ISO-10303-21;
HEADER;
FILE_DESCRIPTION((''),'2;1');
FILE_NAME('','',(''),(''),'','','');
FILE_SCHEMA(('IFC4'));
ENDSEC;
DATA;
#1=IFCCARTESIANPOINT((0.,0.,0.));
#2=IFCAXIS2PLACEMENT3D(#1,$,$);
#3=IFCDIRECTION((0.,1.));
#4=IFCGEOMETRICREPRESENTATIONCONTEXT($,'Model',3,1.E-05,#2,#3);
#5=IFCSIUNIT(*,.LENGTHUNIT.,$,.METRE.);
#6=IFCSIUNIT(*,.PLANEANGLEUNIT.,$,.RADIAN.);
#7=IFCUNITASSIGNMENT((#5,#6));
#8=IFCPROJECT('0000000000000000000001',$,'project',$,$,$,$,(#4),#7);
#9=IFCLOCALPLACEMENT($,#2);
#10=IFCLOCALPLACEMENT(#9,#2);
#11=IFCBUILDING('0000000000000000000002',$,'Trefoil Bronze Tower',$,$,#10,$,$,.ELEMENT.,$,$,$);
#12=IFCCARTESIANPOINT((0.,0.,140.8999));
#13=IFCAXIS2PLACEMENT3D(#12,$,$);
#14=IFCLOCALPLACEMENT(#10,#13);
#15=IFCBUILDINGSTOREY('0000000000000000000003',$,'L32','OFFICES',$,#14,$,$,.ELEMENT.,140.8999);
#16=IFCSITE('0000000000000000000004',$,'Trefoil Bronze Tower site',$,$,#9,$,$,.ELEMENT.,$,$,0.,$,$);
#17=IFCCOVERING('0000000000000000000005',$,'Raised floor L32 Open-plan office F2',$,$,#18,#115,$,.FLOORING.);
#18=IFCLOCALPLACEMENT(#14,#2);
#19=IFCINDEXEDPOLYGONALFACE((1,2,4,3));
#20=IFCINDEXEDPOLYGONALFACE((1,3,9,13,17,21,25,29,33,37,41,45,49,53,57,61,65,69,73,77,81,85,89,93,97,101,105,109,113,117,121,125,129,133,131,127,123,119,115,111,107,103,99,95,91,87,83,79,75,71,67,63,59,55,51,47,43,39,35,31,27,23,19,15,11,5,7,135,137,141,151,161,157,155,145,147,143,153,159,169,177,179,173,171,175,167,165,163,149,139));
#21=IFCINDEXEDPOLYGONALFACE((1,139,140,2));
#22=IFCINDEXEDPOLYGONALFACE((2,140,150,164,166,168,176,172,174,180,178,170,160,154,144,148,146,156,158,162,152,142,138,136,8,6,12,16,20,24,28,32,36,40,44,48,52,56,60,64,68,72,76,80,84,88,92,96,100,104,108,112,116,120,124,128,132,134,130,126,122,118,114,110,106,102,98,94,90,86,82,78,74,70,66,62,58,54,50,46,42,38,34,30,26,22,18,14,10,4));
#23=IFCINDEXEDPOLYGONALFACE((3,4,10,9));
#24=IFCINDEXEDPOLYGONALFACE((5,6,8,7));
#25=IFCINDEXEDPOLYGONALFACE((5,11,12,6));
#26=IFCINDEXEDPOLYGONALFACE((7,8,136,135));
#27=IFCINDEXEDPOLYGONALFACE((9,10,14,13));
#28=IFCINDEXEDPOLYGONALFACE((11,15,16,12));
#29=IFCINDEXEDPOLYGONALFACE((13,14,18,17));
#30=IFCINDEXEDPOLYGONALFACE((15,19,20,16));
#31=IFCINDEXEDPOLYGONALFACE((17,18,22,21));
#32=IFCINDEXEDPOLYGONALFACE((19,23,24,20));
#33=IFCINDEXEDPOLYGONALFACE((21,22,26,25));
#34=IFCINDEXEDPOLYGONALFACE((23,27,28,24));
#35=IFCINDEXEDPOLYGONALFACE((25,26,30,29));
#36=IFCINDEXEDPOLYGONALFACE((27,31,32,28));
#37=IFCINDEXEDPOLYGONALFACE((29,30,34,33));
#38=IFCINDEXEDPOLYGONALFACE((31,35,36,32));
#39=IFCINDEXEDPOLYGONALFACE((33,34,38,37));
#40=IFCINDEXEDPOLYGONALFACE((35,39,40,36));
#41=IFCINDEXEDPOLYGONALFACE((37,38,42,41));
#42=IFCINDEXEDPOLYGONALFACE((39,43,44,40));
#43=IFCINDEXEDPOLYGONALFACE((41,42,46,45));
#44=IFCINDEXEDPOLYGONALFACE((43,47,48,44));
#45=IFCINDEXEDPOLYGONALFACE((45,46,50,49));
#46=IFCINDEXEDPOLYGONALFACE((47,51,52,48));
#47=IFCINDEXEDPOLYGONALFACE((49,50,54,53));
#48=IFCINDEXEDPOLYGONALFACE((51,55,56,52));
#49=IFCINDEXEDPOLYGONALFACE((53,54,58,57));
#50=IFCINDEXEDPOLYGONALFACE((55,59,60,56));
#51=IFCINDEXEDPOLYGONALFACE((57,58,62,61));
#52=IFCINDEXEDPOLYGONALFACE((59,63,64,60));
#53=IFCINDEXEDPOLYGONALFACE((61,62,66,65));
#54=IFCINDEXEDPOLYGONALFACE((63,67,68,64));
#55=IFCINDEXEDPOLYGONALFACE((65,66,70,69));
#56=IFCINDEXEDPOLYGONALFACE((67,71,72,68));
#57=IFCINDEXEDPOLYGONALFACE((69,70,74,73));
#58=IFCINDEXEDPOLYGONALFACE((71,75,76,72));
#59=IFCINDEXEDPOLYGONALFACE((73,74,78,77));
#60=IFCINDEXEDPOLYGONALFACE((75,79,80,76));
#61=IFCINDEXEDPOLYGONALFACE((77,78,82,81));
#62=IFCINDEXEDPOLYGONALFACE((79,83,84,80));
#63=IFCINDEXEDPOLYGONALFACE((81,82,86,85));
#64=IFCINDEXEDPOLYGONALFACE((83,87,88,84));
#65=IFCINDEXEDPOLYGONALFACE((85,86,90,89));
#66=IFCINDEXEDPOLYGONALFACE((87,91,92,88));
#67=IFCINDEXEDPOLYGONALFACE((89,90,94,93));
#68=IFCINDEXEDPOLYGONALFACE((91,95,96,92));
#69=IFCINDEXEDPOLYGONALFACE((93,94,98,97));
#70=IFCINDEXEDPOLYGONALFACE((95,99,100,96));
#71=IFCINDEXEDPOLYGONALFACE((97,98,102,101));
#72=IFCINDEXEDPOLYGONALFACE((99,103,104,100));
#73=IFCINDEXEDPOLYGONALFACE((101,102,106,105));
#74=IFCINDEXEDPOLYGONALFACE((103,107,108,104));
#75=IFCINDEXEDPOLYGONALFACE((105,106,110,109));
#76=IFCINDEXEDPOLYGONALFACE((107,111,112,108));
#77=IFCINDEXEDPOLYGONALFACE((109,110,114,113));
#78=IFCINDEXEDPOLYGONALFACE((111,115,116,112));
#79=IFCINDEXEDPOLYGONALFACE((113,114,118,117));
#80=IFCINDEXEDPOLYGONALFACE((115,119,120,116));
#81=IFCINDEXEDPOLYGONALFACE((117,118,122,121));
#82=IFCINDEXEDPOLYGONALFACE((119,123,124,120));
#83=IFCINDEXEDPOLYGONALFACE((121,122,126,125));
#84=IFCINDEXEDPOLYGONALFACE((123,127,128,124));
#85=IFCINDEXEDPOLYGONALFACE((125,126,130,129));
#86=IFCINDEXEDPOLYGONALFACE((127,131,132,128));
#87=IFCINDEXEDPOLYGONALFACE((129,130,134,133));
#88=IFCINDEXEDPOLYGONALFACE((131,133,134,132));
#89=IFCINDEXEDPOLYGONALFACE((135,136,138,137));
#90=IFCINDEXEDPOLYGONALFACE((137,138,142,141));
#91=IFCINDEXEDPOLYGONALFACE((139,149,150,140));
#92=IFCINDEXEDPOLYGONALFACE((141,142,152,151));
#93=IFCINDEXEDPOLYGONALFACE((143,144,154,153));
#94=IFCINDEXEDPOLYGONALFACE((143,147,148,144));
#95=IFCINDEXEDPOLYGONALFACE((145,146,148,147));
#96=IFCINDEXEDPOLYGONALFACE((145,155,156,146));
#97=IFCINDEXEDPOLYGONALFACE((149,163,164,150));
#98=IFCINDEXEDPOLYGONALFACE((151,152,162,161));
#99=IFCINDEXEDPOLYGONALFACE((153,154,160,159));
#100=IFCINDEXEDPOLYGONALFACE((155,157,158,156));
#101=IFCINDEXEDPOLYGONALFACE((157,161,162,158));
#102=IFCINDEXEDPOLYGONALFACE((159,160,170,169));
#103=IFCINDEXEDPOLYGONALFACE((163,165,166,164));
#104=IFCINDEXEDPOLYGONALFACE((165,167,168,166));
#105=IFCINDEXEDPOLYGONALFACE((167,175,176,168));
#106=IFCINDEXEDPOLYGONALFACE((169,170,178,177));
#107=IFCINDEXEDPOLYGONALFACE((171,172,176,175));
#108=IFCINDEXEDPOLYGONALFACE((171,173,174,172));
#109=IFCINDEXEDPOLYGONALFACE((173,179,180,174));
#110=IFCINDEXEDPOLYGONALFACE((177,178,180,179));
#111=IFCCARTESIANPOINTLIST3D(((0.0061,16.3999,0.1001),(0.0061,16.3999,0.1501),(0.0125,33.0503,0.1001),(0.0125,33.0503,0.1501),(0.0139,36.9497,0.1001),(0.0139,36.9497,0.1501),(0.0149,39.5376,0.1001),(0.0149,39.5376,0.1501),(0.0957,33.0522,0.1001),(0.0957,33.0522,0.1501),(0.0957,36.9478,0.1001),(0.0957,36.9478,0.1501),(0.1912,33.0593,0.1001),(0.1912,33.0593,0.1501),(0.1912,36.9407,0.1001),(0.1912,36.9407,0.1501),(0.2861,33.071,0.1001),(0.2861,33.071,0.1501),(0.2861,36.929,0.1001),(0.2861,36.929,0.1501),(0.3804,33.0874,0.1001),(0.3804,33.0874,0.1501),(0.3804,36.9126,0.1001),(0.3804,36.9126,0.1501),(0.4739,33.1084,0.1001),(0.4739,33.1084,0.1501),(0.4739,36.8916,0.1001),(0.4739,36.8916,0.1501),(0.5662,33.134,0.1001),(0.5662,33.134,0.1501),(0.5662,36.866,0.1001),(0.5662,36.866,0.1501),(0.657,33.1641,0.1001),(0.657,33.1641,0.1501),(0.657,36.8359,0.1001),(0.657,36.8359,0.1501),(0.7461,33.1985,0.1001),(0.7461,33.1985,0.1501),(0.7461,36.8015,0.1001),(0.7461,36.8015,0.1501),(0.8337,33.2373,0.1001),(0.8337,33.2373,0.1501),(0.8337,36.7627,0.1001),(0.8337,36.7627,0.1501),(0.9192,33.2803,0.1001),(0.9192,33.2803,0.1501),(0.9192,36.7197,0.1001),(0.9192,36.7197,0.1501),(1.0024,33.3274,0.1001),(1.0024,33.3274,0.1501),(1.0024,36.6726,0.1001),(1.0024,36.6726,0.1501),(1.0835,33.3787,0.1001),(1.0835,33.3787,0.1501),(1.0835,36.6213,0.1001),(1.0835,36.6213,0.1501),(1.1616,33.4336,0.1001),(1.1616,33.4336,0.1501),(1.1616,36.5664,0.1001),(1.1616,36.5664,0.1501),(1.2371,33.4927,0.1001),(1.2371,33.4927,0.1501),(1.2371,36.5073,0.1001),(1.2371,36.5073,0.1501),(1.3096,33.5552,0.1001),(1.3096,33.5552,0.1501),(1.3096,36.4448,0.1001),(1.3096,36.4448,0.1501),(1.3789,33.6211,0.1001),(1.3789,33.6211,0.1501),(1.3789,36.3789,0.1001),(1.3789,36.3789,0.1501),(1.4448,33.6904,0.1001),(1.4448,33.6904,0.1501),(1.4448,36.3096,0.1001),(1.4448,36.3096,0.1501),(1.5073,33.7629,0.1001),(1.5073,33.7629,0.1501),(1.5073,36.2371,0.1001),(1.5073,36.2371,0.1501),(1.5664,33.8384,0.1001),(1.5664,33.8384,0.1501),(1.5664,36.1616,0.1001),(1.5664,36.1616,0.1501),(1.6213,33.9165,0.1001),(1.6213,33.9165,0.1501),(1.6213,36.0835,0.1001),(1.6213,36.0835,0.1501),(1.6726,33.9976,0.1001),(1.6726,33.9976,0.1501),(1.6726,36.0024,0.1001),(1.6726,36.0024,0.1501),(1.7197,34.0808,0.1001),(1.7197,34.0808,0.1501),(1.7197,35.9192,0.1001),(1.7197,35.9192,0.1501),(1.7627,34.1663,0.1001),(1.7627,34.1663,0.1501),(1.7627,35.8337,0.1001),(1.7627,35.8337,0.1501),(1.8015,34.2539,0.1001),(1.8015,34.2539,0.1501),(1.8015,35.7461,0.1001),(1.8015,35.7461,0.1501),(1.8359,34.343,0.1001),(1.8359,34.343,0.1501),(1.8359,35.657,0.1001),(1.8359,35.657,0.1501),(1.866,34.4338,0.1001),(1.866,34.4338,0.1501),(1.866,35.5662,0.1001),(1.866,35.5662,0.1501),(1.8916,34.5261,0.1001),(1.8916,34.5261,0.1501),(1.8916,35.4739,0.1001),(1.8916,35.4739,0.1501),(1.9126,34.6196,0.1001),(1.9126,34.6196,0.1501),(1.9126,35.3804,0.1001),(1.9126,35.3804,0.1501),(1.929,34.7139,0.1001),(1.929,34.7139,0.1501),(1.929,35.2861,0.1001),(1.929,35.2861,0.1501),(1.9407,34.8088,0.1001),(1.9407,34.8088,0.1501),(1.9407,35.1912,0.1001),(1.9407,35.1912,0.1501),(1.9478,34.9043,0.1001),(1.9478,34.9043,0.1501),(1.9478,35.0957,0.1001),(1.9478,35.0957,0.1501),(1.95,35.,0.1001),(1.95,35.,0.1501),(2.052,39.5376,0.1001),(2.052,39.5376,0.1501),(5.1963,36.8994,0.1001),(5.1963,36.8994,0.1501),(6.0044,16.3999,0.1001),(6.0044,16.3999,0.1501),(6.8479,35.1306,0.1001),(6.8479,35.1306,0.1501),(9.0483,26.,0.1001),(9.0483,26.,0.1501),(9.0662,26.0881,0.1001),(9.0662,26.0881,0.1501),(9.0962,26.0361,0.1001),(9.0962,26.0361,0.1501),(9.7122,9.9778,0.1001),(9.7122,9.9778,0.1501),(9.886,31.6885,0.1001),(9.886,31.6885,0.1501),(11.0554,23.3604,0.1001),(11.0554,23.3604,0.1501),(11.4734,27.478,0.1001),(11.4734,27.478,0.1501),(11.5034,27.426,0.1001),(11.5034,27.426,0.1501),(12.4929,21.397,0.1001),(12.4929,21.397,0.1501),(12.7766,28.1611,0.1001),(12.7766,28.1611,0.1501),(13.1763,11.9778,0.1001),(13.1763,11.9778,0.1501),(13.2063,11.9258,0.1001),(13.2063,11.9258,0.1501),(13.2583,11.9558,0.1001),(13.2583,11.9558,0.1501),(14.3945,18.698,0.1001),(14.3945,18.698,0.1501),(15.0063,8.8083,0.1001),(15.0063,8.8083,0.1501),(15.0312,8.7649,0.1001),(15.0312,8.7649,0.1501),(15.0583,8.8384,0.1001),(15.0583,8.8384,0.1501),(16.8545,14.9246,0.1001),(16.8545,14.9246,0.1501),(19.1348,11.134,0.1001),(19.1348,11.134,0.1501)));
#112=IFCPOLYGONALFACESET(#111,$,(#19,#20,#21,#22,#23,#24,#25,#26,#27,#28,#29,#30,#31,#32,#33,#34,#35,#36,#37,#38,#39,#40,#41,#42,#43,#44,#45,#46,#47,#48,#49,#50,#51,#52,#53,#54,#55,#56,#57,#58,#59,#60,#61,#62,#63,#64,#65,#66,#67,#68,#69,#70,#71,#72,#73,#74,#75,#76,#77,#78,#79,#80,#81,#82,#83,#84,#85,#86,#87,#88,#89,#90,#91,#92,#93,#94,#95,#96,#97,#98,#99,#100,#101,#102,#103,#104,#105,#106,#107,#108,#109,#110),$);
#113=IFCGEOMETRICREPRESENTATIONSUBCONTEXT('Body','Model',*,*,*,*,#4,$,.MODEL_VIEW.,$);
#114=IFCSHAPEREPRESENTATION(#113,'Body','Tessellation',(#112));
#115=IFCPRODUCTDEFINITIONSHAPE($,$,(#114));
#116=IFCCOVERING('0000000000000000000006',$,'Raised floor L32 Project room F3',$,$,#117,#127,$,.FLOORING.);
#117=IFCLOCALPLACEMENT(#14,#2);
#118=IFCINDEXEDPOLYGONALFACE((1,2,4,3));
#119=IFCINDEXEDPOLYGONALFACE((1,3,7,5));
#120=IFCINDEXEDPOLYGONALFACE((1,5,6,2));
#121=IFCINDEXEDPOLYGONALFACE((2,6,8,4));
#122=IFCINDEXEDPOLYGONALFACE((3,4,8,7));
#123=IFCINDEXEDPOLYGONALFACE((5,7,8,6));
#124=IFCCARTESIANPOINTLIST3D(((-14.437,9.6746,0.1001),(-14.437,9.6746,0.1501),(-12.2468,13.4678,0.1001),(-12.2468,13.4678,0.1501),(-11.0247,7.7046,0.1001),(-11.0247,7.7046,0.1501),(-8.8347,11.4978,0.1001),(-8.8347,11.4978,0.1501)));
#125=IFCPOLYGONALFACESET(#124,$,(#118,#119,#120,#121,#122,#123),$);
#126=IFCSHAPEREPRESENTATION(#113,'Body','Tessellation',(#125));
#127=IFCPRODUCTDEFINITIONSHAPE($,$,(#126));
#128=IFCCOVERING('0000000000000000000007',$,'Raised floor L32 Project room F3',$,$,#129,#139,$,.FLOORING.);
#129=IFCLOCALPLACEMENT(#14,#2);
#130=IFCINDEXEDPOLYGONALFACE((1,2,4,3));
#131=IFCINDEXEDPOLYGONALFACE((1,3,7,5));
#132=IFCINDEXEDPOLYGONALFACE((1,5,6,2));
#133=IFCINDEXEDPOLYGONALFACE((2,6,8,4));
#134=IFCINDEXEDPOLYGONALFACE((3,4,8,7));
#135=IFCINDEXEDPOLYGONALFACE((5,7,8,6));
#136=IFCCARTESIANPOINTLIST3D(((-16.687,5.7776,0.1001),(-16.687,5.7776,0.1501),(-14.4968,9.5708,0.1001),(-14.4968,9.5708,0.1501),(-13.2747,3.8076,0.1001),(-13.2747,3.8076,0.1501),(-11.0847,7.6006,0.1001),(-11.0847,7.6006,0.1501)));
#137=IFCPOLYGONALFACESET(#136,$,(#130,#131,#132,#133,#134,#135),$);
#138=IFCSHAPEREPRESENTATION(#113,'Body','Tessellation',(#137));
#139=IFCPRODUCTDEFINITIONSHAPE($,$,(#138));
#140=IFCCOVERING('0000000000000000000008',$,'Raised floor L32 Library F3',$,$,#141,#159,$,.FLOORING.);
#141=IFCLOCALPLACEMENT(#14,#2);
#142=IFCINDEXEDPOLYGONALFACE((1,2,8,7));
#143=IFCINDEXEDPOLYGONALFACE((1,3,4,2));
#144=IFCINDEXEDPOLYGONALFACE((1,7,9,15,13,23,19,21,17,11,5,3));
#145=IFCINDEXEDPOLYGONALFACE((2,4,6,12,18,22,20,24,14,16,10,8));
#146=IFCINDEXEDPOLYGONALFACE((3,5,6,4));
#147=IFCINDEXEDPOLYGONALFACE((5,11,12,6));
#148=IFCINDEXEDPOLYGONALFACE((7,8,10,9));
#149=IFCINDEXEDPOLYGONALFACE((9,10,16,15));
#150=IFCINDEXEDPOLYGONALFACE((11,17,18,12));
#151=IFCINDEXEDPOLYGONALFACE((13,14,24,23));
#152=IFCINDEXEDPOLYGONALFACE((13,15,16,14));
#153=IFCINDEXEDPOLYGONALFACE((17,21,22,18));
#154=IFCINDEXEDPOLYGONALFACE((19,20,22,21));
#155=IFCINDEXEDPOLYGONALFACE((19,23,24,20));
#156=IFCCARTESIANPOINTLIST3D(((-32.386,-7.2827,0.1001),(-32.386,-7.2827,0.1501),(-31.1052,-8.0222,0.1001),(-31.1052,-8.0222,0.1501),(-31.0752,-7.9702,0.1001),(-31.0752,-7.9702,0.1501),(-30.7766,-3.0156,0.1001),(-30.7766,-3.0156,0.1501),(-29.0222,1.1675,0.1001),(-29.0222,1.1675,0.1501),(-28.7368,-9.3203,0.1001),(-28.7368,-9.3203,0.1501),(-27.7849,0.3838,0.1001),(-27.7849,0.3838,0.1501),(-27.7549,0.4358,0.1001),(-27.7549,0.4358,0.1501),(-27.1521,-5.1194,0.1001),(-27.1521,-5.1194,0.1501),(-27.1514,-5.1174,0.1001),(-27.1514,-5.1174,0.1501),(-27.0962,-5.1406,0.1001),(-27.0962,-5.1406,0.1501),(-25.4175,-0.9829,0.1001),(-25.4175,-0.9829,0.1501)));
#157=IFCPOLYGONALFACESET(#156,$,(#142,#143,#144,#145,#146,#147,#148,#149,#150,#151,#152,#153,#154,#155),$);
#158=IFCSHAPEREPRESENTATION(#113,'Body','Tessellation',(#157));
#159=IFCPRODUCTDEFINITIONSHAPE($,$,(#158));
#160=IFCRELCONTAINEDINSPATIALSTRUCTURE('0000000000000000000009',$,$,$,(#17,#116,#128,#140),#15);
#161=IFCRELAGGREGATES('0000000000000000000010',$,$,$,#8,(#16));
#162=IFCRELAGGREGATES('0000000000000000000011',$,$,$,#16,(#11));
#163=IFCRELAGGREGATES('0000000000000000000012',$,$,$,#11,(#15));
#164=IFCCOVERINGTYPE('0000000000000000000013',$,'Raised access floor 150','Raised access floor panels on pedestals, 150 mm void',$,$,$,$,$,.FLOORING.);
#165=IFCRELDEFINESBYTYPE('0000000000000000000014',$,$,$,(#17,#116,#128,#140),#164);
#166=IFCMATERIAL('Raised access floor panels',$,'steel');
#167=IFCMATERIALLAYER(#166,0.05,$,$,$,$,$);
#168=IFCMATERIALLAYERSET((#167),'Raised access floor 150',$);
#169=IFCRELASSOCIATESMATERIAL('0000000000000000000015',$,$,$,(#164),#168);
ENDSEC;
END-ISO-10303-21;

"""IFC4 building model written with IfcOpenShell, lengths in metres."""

from ifc_helpers import new_model, si_unit, direction, frame, origin, place, context, subcontext, project, spatial, polyline, outline, extrude, material, layer, layer_set, type_object, element, save


model = new_model("IFC4")

# Units and contexts
model_context = context("Model", 3, precision=1e-05, world=origin(), true_north=direction((0.0, 1.0)))
body_context = subcontext(model_context, "Body", "Model", "MODEL_VIEW")
ifc_project = project(units=[si_unit("LENGTHUNIT", "METRE"), si_unit("PLANEANGLEUNIT", "RADIAN")], contexts=[model_context])

# Site, building, storey
site_placement = place(None, origin())
site = spatial("IfcSite", under=ifc_project, at=site_placement, Name="Trefoil Bronze Tower site", CompositionType="ELEMENT", RefElevation=0.0)
building_placement = place(site_placement, origin())
building = spatial("IfcBuilding", under=site, at=building_placement, Name="Trefoil Bronze Tower", CompositionType="ELEMENT")
storey_placement = place(building_placement, frame((0.0, 0.0, 140.8999)))
storey = spatial("IfcBuildingStorey", under=building, at=storey_placement, Name="L32", Description="OFFICES", CompositionType="ELEMENT", Elevation=140.8999)

# Coverings
ifc_material_1 = material(Name="Raised access floor panels", Category="steel")
ifc_layer_1 = layer(ifc_material_1, 0.05)
ifc_layer_set_1 = layer_set([ifc_layer_1], Name="Raised access floor 150")
covering_type_1 = type_object("IfcCoveringType", Name="Raised access floor 150", Description="Raised access floor panels on pedestals, 150 mm void", PredefinedType="FLOORING", material=ifc_layer_set_1)
covering_1_placement = place(storey_placement, frame((0.0, 0.0, 0.1001)))
element("IfcCovering", 1, at=covering_1_placement, inside=storey, type_object=covering_type_1, Name="Raised floor L32 Open-plan office F2", PredefinedType="FLOORING", context=body_context, shape_type="SweptSolid", body=[
    extrude(outline(polyline([(2.052, 39.5376), (5.1963, 36.8994), (6.8479, 35.1306), (9.886, 31.6885), (12.7766, 28.1611), (11.5034, 27.426), (11.4734, 27.478), (9.0662, 26.0881), (9.0962, 26.0361), (9.0483, 26.0), (11.0554, 23.3604), (12.4929, 21.397), (14.3945, 18.698), (16.8545, 14.9246), (19.1348, 11.134), (15.0312, 8.7649), (15.0063, 8.8083), (15.0583, 8.8384), (13.2583, 11.9558), (13.2063, 11.9258), (13.1763, 11.9778), (9.7122, 9.9778), (6.0044, 16.3999), (0.0061, 16.3999), (0.0125, 33.0503), (0.0957, 33.0522), (0.1912, 33.0593), (0.2861, 33.071), (0.3804, 33.0874), (0.4739, 33.1084), (0.5662, 33.134), (0.657, 33.1641), (0.7461, 33.1985), (0.8337, 33.2373), (0.9192, 33.2803), (1.0024, 33.3274), (1.0835, 33.3787), (1.1616, 33.4336), (1.2371, 33.4927), (1.3096, 33.5552), (1.3789, 33.6211), (1.4448, 33.6904), (1.5073, 33.7629), (1.5664, 33.8384), (1.6213, 33.9165), (1.6726, 33.9976), (1.7197, 34.0808), (1.7627, 34.1663), (1.8015, 34.2539), (1.8359, 34.343), (1.866, 34.4338), (1.8916, 34.5261), (1.9126, 34.6196), (1.929, 34.7139), (1.9407, 34.8088), (1.9478, 34.9043), (1.95, 35.0), (1.9478, 35.0957), (1.9407, 35.1912), (1.929, 35.2861), (1.9126, 35.3804), (1.8916, 35.4739), (1.866, 35.5662), (1.8359, 35.657), (1.8015, 35.7461), (1.7627, 35.8337), (1.7197, 35.9192), (1.6726, 36.0024), (1.6213, 36.0835), (1.5664, 36.1616), (1.5073, 36.2371), (1.4448, 36.3096), (1.3789, 36.3789), (1.3096, 36.4448), (1.2371, 36.5073), (1.1616, 36.5664), (1.0835, 36.6213), (1.0024, 36.6726), (0.9192, 36.7197), (0.8337, 36.7627), (0.7461, 36.8015), (0.657, 36.8359), (0.5662, 36.866), (0.4739, 36.8916), (0.3804, 36.9126), (0.2861, 36.929), (0.1912, 36.9407), (0.0957, 36.9478), (0.0139, 36.9497), (0.0149, 39.5376), (2.052, 39.5376)])), origin(), (0.0, 0.0, 1.0), 0.05),
])
covering_2_placement = place(storey_placement, frame((0.0, 0.0, 0.1001)))
element("IfcCovering", 2, at=covering_2_placement, inside=storey, type_object=covering_type_1, Name="Raised floor L32 Project room F3", PredefinedType="FLOORING", context=body_context, shape_type="SweptSolid", body=[
    extrude(outline(polyline([(-11.0247, 7.7046), (-14.437, 9.6746), (-12.2468, 13.4678), (-8.8347, 11.4978), (-11.0247, 7.7046)])), origin(), (0.0, 0.0, 1.0), 0.05),
])
covering_3_placement = place(storey_placement, frame((0.0, 0.0, 0.1001)))
element("IfcCovering", 3, at=covering_3_placement, inside=storey, type_object=covering_type_1, Name="Raised floor L32 Project room F3", PredefinedType="FLOORING", context=body_context, shape_type="SweptSolid", body=[
    extrude(outline(polyline([(-13.2747, 3.8076), (-16.687, 5.7776), (-14.4968, 9.5708), (-11.0847, 7.6006), (-13.2747, 3.8076)])), origin(), (0.0, 0.0, 1.0), 0.05),
])
covering_4_placement = place(storey_placement, frame((0.0, 0.0, 0.1001)))
element("IfcCovering", 4, at=covering_4_placement, inside=storey, type_object=covering_type_1, Name="Raised floor L32 Library F3", PredefinedType="FLOORING", context=body_context, shape_type="SweptSolid", body=[
    extrude(outline(polyline([(-30.7766, -3.0156), (-29.0222, 1.1675), (-27.7549, 0.4358), (-27.7849, 0.3838), (-25.4175, -0.9829), (-27.1514, -5.1174), (-27.0962, -5.1406), (-27.1521, -5.1194), (-28.7368, -9.3203), (-31.0752, -7.9702), (-31.1052, -8.0222), (-32.386, -7.2827), (-30.7766, -3.0156)])), origin(), (0.0, 0.0, 1.0), 0.05),
])

save(model, "model.ifc")
